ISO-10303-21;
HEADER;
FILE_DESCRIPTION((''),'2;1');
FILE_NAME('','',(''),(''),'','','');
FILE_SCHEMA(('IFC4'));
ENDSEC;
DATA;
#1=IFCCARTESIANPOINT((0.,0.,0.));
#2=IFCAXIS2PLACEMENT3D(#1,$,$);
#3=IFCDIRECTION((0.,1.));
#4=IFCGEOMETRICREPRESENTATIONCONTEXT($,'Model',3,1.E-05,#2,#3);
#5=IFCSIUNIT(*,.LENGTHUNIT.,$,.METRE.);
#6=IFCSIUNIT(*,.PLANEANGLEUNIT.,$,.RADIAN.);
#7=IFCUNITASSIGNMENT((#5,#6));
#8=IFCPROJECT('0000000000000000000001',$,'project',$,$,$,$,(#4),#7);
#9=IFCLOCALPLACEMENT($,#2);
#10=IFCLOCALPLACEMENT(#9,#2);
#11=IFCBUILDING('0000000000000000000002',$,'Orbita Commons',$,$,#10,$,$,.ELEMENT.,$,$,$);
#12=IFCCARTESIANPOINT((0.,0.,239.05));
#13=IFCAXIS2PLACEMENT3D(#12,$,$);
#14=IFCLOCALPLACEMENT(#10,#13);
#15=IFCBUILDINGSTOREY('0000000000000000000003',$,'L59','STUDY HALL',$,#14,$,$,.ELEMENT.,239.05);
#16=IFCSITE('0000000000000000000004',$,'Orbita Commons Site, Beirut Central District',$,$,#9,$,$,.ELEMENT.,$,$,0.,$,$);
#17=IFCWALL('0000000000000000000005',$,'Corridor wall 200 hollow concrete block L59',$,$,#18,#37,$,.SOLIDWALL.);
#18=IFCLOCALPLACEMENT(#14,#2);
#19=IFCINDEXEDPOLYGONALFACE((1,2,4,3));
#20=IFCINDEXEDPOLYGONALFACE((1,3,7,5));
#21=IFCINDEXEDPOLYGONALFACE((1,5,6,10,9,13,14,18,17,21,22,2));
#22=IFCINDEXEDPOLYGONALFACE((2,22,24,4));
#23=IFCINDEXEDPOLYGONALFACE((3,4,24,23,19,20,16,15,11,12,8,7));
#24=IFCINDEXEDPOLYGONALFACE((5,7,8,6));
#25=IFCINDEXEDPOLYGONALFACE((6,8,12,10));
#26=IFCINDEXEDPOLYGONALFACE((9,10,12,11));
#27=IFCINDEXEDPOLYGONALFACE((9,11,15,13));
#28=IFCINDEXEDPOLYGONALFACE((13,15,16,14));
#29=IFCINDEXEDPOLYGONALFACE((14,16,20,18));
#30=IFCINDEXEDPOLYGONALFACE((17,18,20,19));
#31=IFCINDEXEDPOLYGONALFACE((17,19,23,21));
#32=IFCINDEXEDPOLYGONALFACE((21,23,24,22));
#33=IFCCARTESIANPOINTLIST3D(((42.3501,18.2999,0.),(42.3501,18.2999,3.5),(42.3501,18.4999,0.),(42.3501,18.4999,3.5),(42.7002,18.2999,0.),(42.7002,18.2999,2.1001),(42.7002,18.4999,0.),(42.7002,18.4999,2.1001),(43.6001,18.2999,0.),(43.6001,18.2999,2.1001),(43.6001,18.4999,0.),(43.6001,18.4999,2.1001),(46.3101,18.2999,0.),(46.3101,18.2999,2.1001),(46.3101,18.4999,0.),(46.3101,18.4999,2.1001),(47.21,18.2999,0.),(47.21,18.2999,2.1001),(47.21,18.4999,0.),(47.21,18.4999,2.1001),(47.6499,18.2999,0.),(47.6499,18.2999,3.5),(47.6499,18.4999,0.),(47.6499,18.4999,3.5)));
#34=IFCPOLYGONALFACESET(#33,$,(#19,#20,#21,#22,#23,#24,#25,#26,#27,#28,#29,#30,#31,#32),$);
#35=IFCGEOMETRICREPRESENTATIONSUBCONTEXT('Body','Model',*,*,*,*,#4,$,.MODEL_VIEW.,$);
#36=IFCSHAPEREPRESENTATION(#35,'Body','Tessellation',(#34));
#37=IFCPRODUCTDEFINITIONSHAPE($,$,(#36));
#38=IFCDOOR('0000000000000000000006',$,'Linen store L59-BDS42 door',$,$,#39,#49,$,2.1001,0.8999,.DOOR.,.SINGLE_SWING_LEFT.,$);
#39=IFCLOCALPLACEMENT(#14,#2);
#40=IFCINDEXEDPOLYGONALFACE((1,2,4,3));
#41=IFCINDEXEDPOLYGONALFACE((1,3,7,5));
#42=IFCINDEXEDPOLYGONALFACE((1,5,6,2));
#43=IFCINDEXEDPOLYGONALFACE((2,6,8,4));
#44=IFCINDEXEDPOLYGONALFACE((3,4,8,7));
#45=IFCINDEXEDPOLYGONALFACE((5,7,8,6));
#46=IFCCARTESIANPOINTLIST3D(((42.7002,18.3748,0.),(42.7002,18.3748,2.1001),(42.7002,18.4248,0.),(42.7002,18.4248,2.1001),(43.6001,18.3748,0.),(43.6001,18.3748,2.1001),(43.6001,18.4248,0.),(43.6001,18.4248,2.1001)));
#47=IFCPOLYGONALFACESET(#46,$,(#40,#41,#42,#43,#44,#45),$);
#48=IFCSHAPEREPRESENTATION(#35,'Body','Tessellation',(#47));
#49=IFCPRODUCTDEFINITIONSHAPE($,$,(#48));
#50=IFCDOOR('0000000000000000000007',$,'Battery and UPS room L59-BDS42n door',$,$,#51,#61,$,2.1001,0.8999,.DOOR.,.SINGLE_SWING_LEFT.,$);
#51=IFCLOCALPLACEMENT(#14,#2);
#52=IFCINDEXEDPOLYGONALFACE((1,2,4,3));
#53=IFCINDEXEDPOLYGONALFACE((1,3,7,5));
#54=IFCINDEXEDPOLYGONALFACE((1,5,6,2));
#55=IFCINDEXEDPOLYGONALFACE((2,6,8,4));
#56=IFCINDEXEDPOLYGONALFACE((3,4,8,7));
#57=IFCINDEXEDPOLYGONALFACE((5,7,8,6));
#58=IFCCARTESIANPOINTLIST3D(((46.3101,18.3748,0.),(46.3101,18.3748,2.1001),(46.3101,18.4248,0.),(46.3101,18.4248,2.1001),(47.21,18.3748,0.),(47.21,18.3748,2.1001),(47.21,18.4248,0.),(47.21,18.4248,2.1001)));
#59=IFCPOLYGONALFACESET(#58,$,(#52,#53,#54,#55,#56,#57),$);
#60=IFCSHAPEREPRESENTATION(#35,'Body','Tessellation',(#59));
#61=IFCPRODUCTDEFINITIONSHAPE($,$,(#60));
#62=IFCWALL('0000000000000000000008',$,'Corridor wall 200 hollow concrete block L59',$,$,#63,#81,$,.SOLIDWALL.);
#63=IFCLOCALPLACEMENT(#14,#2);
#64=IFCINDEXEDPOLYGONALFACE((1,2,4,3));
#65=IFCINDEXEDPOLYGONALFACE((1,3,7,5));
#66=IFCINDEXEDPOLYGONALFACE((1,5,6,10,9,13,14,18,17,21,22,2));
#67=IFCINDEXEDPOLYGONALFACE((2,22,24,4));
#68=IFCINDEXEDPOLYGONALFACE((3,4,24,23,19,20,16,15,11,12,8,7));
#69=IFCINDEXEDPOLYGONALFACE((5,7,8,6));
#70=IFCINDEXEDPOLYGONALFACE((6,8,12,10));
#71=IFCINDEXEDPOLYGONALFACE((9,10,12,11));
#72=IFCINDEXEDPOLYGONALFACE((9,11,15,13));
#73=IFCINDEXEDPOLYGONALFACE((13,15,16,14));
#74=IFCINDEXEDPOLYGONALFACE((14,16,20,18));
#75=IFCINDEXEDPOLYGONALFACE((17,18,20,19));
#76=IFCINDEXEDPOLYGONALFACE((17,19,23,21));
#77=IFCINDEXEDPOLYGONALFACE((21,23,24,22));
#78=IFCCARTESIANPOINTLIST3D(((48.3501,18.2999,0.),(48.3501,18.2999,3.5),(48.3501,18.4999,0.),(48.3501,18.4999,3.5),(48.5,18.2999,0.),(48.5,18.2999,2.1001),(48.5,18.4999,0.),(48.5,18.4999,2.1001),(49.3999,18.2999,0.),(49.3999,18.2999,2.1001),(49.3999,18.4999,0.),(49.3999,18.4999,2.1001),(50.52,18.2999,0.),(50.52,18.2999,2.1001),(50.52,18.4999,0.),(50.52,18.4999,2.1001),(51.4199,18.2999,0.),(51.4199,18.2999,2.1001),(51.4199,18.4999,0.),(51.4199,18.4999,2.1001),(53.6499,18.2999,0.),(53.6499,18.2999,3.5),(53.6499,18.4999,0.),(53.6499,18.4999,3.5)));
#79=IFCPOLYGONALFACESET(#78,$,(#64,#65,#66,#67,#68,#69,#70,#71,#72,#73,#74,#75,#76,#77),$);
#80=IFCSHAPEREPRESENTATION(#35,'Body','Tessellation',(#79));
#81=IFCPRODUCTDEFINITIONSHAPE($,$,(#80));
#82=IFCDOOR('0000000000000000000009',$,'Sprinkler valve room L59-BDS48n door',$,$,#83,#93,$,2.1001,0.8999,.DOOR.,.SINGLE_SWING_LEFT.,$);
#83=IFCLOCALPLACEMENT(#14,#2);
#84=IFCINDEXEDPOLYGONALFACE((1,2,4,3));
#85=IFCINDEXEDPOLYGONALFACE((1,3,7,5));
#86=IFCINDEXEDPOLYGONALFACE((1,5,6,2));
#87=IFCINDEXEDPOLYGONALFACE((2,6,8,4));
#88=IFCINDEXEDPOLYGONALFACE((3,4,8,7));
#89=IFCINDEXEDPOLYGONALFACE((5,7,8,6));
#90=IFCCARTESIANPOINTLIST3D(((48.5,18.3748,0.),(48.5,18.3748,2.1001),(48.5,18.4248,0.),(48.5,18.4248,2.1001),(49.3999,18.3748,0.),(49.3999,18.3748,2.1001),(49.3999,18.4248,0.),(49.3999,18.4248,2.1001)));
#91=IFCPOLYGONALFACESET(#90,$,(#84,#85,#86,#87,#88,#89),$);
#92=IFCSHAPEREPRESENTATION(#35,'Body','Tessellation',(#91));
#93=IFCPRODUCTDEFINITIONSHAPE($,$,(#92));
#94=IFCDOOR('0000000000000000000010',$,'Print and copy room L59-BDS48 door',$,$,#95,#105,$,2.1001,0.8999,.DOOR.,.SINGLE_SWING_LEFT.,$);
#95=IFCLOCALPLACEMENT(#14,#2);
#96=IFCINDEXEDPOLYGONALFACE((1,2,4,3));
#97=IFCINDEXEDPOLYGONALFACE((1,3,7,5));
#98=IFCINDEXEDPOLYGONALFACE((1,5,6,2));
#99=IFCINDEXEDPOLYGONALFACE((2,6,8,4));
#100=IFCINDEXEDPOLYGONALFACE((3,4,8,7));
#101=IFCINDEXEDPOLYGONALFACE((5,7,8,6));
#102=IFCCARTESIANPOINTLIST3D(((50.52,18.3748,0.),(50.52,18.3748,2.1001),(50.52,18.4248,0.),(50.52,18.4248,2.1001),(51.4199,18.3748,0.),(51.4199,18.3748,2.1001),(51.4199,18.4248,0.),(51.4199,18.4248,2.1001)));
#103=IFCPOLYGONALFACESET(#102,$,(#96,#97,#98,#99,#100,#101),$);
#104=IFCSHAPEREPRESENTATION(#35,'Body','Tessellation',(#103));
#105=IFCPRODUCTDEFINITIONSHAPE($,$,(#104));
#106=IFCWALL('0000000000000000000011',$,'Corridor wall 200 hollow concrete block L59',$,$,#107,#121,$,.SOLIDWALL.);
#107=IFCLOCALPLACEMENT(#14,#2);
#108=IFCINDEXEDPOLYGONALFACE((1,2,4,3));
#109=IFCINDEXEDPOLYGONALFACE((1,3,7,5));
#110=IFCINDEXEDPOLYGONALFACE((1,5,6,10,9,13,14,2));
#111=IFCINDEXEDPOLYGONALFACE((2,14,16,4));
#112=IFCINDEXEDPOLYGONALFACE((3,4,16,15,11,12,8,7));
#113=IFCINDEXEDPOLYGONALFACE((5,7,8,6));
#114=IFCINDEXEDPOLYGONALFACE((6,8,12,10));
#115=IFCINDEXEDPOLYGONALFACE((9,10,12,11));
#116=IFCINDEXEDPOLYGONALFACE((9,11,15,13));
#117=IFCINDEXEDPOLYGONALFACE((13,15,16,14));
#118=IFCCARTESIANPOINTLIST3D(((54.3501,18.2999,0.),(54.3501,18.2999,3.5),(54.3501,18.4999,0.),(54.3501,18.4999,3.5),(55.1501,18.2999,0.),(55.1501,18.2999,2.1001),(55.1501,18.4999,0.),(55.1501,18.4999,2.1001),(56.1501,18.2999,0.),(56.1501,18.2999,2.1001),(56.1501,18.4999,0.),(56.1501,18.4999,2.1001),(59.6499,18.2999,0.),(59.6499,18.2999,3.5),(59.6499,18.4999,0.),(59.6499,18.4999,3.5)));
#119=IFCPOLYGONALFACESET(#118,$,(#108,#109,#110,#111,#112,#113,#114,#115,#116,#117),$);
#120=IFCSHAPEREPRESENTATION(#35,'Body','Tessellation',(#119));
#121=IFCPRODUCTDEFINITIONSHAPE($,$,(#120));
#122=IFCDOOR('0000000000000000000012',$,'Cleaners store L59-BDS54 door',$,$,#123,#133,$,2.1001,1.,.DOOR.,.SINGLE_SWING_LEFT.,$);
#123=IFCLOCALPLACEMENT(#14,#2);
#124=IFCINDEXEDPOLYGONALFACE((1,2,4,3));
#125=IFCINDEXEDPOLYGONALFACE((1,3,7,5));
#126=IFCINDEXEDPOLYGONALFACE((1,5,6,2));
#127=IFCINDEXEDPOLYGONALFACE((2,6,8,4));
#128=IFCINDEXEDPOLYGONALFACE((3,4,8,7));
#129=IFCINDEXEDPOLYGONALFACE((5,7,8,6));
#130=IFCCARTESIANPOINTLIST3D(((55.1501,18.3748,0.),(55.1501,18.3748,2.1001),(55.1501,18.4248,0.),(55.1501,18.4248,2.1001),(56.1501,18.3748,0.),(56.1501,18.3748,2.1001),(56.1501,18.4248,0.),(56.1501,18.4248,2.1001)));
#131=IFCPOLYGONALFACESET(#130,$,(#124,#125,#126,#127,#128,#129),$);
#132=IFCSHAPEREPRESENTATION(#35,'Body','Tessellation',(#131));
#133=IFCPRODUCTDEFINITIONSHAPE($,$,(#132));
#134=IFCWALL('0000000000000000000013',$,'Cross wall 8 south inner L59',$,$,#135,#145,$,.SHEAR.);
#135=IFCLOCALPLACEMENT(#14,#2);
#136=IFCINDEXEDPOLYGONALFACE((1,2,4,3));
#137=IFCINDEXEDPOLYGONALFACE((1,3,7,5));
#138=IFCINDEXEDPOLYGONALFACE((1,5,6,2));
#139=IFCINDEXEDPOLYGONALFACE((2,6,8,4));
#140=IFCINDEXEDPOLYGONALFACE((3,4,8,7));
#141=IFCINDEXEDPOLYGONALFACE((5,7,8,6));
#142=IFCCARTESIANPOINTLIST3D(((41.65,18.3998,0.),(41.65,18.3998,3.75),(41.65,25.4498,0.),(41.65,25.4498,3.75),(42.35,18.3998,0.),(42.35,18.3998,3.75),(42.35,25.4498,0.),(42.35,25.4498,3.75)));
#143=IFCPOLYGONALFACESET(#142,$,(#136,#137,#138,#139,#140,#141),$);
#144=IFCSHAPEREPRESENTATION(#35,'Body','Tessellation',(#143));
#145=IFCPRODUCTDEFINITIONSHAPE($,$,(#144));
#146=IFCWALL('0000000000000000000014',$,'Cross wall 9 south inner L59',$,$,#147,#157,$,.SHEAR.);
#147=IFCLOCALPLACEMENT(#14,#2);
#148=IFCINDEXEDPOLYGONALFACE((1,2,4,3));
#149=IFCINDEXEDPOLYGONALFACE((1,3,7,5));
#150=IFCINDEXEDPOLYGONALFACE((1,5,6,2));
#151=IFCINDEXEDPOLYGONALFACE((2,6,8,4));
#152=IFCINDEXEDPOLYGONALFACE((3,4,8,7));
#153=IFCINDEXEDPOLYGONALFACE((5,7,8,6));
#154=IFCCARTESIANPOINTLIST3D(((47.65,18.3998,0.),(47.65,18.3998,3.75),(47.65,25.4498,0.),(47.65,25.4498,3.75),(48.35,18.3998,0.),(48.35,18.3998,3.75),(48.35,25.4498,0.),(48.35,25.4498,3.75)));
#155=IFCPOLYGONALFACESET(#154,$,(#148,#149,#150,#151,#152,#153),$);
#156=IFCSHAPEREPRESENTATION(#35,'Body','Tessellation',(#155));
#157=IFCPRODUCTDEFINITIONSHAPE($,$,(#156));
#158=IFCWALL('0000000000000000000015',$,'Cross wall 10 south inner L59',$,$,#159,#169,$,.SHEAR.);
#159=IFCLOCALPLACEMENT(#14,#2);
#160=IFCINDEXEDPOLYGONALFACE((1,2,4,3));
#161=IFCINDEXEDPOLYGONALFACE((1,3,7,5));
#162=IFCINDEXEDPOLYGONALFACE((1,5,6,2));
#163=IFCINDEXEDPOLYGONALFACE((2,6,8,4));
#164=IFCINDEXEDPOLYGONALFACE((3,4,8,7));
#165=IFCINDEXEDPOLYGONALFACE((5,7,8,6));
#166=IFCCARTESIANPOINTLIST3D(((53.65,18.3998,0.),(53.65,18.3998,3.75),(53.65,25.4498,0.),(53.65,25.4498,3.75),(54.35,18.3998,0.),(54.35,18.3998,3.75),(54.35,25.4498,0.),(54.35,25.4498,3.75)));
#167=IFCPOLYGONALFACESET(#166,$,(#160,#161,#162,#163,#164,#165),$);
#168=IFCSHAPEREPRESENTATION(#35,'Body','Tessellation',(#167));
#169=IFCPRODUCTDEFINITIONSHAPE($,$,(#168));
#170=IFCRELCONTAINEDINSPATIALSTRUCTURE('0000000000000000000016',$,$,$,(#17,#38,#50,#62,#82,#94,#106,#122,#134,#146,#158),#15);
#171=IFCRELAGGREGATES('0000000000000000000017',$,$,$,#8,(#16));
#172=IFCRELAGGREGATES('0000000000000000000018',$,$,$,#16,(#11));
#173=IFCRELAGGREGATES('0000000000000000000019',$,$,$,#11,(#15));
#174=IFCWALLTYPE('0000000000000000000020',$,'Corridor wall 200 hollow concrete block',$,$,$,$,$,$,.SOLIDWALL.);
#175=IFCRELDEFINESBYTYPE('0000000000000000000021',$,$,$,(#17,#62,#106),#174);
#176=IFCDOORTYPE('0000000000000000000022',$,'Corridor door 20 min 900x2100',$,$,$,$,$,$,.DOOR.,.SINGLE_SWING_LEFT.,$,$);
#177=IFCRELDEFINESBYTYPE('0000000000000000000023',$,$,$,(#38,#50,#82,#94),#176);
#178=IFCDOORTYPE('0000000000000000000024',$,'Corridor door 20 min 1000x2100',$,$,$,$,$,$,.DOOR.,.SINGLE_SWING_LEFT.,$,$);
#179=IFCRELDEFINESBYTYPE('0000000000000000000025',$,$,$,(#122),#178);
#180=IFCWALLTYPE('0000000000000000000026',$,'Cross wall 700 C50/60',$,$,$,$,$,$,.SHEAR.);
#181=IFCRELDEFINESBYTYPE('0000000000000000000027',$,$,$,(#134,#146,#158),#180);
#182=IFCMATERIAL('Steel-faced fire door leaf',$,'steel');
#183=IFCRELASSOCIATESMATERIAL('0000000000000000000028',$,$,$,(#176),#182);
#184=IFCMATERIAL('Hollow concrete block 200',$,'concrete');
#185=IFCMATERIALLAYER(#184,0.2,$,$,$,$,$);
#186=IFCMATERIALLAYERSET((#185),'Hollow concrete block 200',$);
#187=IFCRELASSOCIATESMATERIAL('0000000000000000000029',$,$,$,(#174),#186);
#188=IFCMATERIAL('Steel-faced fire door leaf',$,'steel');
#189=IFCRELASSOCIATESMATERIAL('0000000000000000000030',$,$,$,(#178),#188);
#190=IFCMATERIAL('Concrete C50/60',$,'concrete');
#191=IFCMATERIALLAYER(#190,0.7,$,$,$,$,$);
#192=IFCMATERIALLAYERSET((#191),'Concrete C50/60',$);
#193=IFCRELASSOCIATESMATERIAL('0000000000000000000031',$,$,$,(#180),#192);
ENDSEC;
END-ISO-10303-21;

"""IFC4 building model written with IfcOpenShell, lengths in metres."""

from ifc_helpers import new_model, si_unit, direction, frame, frame_2d, origin, place, context, subcontext, project, spatial, rectangle, extrude, material, layer, layer_set, type_object, element, fill, save


model = new_model("IFC4")

# Units and contexts
model_context = context("Model", 3, precision=1e-05, world=origin(), true_north=direction((0.0, 1.0)))
body_context = subcontext(model_context, "Body", "Model", "MODEL_VIEW")
ifc_project = project(units=[si_unit("LENGTHUNIT", "METRE"), si_unit("PLANEANGLEUNIT", "RADIAN")], contexts=[model_context])

# Site, building, storey
site_placement = place(None, origin())
site = spatial("IfcSite", under=ifc_project, at=site_placement, Name="Orbita Commons Site, Beirut Central District", CompositionType="ELEMENT", RefElevation=0.0)
building_placement = place(site_placement, origin())
building = spatial("IfcBuilding", under=site, at=building_placement, Name="Orbita Commons", CompositionType="ELEMENT")
storey_placement = place(building_placement, frame((0.0, 0.0, 239.05)))
storey = spatial("IfcBuildingStorey", under=building, at=storey_placement, Name="L59", Description="STUDY HALL", CompositionType="ELEMENT", Elevation=239.05)

# Shared definitions
ifc_material_1 = material(Name="Steel-faced fire door leaf", Category="steel")
door_type_1 = type_object("IfcDoorType", Name="Corridor door 20 min 900x2100", OperationType="SINGLE_SWING_LEFT", PredefinedType="DOOR", material=ifc_material_1)

# Walls, openings, doors
ifc_material_2 = material(Name="Hollow concrete block 200", Category="concrete")
ifc_layer_1 = layer(ifc_material_2, 0.2)
ifc_layer_set_1 = layer_set([ifc_layer_1], Name="Hollow concrete block 200")
wall_type_1 = type_object("IfcWallType", Name="Corridor wall 200 hollow concrete block", PredefinedType="SOLIDWALL", material=ifc_layer_set_1)
wall_1_placement = place(storey_placement, frame((42.3501, 18.3999, 0.0), z_axis=(0.0, 0.0, 1.0), x_axis=(1.0, 0.0, 0.0)))
wall_1 = element("IfcWall", 1, at=wall_1_placement, inside=storey, type_object=wall_type_1, Name="Corridor wall 200 hollow concrete block L59", PredefinedType="SOLIDWALL", context=body_context, shape_type="SweptSolid", body=[
    extrude(rectangle(XDim=5.2998, YDim=0.2, at=frame_2d((2.6499, 0.0))), origin(), (0.0, 0.0, 1.0), 3.5),
])
opening_1_placement = place(wall_1_placement, frame((0.3501, 0.0, 0.0)))
opening_1 = element("IfcOpeningElement", 2, at=opening_1_placement, cuts=wall_1, PredefinedType="OPENING", context=body_context, shape_type="SweptSolid", body=[
    extrude(rectangle(XDim=0.8999, YDim=2.1001, at=frame_2d((0.45, 1.05))), frame((0.0, 0.1099, 0.0), z_axis=(0.0, -1.0, 0.0), x_axis=(1.0, 0.0, 0.0)), (0.0, 0.0, 1.0), 0.22),
])
opening_2_placement = place(wall_1_placement, frame((3.96, 0.0, 0.0)))
opening_2 = element("IfcOpeningElement", 3, at=opening_2_placement, cuts=wall_1, PredefinedType="OPENING", context=body_context, shape_type="SweptSolid", body=[
    extrude(rectangle(XDim=0.8999, YDim=2.1001, at=frame_2d((0.45, 1.05))), frame((0.0, 0.1099, 0.0), z_axis=(0.0, -1.0, 0.0), x_axis=(1.0, 0.0, 0.0)), (0.0, 0.0, 1.0), 0.22),
])
door_1_placement = place(opening_1_placement, origin())
door_1 = element("IfcDoor", 4, at=door_1_placement, inside=storey, type_object=door_type_1, Name="Linen store L59-BDS42 door", OperationType="SINGLE_SWING_LEFT", OverallHeight=2.1001, OverallWidth=0.8999, PredefinedType="DOOR", context=body_context, shape_type="SweptSolid", body=[
    extrude(rectangle(XDim=0.8999, YDim=2.1001, at=frame_2d((0.45, 1.05))), frame((0.0, 0.0249, 0.0), z_axis=(0.0, -1.0, 0.0), x_axis=(1.0, 0.0, 0.0)), (0.0, 0.0, 1.0), 0.05),
])
fill(opening_1, door_1)
door_2_placement = place(opening_2_placement, origin())
door_2 = element("IfcDoor", 5, at=door_2_placement, inside=storey, type_object=door_type_1, Name="Battery and UPS room L59-BDS42n door", OperationType="SINGLE_SWING_LEFT", OverallHeight=2.1001, OverallWidth=0.8999, PredefinedType="DOOR", context=body_context, shape_type="SweptSolid", body=[
    extrude(rectangle(XDim=0.8999, YDim=2.1001, at=frame_2d((0.45, 1.05))), frame((0.0, 0.0249, 0.0), z_axis=(0.0, -1.0, 0.0), x_axis=(1.0, 0.0, 0.0)), (0.0, 0.0, 1.0), 0.05),
])
fill(opening_2, door_2)
wall_2_placement = place(storey_placement, frame((48.3501, 18.3999, 0.0), z_axis=(0.0, 0.0, 1.0), x_axis=(1.0, 0.0, 0.0)))
wall_2 = element("IfcWall", 6, at=wall_2_placement, inside=storey, type_object=wall_type_1, Name="Corridor wall 200 hollow concrete block L59", PredefinedType="SOLIDWALL", context=body_context, shape_type="SweptSolid", body=[
    extrude(rectangle(XDim=5.2998, YDim=0.2, at=frame_2d((2.6499, 0.0))), origin(), (0.0, 0.0, 1.0), 3.5),
])
opening_3_placement = place(wall_2_placement, frame((0.1499, 0.0, 0.0)))
opening_3 = element("IfcOpeningElement", 7, at=opening_3_placement, cuts=wall_2, PredefinedType="OPENING", context=body_context, shape_type="SweptSolid", body=[
    extrude(rectangle(XDim=0.8999, YDim=2.1001, at=frame_2d((0.45, 1.05))), frame((0.0, 0.1099, 0.0), z_axis=(0.0, -1.0, 0.0), x_axis=(1.0, 0.0, 0.0)), (0.0, 0.0, 1.0), 0.22),
])
opening_4_placement = place(wall_2_placement, frame((2.1699, 0.0, 0.0)))
opening_4 = element("IfcOpeningElement", 8, at=opening_4_placement, cuts=wall_2, PredefinedType="OPENING", context=body_context, shape_type="SweptSolid", body=[
    extrude(rectangle(XDim=0.8999, YDim=2.1001, at=frame_2d((0.45, 1.05))), frame((0.0, 0.1099, 0.0), z_axis=(0.0, -1.0, 0.0), x_axis=(1.0, 0.0, 0.0)), (0.0, 0.0, 1.0), 0.22),
])
door_3_placement = place(opening_3_placement, origin())
door_3 = element("IfcDoor", 9, at=door_3_placement, inside=storey, type_object=door_type_1, Name="Sprinkler valve room L59-BDS48n door", OperationType="SINGLE_SWING_LEFT", OverallHeight=2.1001, OverallWidth=0.8999, PredefinedType="DOOR", context=body_context, shape_type="SweptSolid", body=[
    extrude(rectangle(XDim=0.8999, YDim=2.1001, at=frame_2d((0.45, 1.05))), frame((0.0, 0.0249, 0.0), z_axis=(0.0, -1.0, 0.0), x_axis=(1.0, 0.0, 0.0)), (0.0, 0.0, 1.0), 0.05),
])
fill(opening_3, door_3)
door_4_placement = place(opening_4_placement, origin())
door_4 = element("IfcDoor", 10, at=door_4_placement, inside=storey, type_object=door_type_1, Name="Print and copy room L59-BDS48 door", OperationType="SINGLE_SWING_LEFT", OverallHeight=2.1001, OverallWidth=0.8999, PredefinedType="DOOR", context=body_context, shape_type="SweptSolid", body=[
    extrude(rectangle(XDim=0.8999, YDim=2.1001, at=frame_2d((0.45, 1.05))), frame((0.0, 0.0249, 0.0), z_axis=(0.0, -1.0, 0.0), x_axis=(1.0, 0.0, 0.0)), (0.0, 0.0, 1.0), 0.05),
])
fill(opening_4, door_4)

# Wall, opening, door
wall_3_placement = place(storey_placement, frame((54.3501, 18.3999, 0.0), z_axis=(0.0, 0.0, 1.0), x_axis=(1.0, 0.0, 0.0)))
wall_3 = element("IfcWall", 11, at=wall_3_placement, inside=storey, type_object=wall_type_1, Name="Corridor wall 200 hollow concrete block L59", PredefinedType="SOLIDWALL", context=body_context, shape_type="SweptSolid", body=[
    extrude(rectangle(XDim=5.2998, YDim=0.2, at=frame_2d((2.6499, 0.0))), origin(), (0.0, 0.0, 1.0), 3.5),
])
opening_5_placement = place(wall_3_placement, frame((0.8, 0.0, 0.0)))
opening_5 = element("IfcOpeningElement", 12, at=opening_5_placement, cuts=wall_3, PredefinedType="OPENING", context=body_context, shape_type="SweptSolid", body=[
    extrude(rectangle(XDim=1.0, YDim=2.1001, at=frame_2d((0.5, 1.05))), frame((0.0, 0.1099, 0.0), z_axis=(0.0, -1.0, 0.0), x_axis=(1.0, 0.0, 0.0)), (0.0, 0.0, 1.0), 0.22),
])
ifc_material_3 = material(Name="Steel-faced fire door leaf", Category="steel")
door_type_2 = type_object("IfcDoorType", Name="Corridor door 20 min 1000x2100", OperationType="SINGLE_SWING_LEFT", PredefinedType="DOOR", material=ifc_material_3)
door_5_placement = place(opening_5_placement, origin())
door_5 = element("IfcDoor", 13, at=door_5_placement, inside=storey, type_object=door_type_2, Name="Cleaners store L59-BDS54 door", OperationType="SINGLE_SWING_LEFT", OverallHeight=2.1001, OverallWidth=1.0, PredefinedType="DOOR", context=body_context, shape_type="SweptSolid", body=[
    extrude(rectangle(XDim=1.0, YDim=2.1001, at=frame_2d((0.5, 1.05))), frame((0.0, 0.0249, 0.0), z_axis=(0.0, -1.0, 0.0), x_axis=(1.0, 0.0, 0.0)), (0.0, 0.0, 1.0), 0.05),
])
fill(opening_5, door_5)

# Walls
ifc_material_4 = material(Name="Concrete C50/60", Category="concrete")
ifc_layer_2 = layer(ifc_material_4, 0.7)
ifc_layer_set_2 = layer_set([ifc_layer_2], Name="Concrete C50/60")
wall_type_2 = type_object("IfcWallType", Name="Cross wall 700 C50/60", PredefinedType="SHEAR", material=ifc_layer_set_2)
for number, where, z_axis, x_axis, name in (
    (14, (42.0, 18.3999, 0.0), (0.0, 0.0, 1.0), (0.0, 1.0, 0.0), "Cross wall 8 south inner L59"),
    (15, (48.0, 18.3999, 0.0), (0.0, 0.0, 1.0), (0.0, 1.0, 0.0), "Cross wall 9 south inner L59"),
    (16, (54.0, 18.3999, 0.0), (0.0, 0.0, 1.0), (0.0, 1.0, 0.0), "Cross wall 10 south inner L59"),
):
    element("IfcWall", number, at=place(storey_placement, frame(where, z_axis=z_axis, x_axis=x_axis)), inside=storey, type_object=wall_type_2, Name=name, PredefinedType="SHEAR", context=body_context, shape_type="SweptSolid", body=[
        extrude(rectangle(XDim=7.05, YDim=0.7, at=frame_2d((3.5249, 0.0))), origin(), (0.0, 0.0, 1.0), 3.75),
    ])

save(model, "model.ifc")
